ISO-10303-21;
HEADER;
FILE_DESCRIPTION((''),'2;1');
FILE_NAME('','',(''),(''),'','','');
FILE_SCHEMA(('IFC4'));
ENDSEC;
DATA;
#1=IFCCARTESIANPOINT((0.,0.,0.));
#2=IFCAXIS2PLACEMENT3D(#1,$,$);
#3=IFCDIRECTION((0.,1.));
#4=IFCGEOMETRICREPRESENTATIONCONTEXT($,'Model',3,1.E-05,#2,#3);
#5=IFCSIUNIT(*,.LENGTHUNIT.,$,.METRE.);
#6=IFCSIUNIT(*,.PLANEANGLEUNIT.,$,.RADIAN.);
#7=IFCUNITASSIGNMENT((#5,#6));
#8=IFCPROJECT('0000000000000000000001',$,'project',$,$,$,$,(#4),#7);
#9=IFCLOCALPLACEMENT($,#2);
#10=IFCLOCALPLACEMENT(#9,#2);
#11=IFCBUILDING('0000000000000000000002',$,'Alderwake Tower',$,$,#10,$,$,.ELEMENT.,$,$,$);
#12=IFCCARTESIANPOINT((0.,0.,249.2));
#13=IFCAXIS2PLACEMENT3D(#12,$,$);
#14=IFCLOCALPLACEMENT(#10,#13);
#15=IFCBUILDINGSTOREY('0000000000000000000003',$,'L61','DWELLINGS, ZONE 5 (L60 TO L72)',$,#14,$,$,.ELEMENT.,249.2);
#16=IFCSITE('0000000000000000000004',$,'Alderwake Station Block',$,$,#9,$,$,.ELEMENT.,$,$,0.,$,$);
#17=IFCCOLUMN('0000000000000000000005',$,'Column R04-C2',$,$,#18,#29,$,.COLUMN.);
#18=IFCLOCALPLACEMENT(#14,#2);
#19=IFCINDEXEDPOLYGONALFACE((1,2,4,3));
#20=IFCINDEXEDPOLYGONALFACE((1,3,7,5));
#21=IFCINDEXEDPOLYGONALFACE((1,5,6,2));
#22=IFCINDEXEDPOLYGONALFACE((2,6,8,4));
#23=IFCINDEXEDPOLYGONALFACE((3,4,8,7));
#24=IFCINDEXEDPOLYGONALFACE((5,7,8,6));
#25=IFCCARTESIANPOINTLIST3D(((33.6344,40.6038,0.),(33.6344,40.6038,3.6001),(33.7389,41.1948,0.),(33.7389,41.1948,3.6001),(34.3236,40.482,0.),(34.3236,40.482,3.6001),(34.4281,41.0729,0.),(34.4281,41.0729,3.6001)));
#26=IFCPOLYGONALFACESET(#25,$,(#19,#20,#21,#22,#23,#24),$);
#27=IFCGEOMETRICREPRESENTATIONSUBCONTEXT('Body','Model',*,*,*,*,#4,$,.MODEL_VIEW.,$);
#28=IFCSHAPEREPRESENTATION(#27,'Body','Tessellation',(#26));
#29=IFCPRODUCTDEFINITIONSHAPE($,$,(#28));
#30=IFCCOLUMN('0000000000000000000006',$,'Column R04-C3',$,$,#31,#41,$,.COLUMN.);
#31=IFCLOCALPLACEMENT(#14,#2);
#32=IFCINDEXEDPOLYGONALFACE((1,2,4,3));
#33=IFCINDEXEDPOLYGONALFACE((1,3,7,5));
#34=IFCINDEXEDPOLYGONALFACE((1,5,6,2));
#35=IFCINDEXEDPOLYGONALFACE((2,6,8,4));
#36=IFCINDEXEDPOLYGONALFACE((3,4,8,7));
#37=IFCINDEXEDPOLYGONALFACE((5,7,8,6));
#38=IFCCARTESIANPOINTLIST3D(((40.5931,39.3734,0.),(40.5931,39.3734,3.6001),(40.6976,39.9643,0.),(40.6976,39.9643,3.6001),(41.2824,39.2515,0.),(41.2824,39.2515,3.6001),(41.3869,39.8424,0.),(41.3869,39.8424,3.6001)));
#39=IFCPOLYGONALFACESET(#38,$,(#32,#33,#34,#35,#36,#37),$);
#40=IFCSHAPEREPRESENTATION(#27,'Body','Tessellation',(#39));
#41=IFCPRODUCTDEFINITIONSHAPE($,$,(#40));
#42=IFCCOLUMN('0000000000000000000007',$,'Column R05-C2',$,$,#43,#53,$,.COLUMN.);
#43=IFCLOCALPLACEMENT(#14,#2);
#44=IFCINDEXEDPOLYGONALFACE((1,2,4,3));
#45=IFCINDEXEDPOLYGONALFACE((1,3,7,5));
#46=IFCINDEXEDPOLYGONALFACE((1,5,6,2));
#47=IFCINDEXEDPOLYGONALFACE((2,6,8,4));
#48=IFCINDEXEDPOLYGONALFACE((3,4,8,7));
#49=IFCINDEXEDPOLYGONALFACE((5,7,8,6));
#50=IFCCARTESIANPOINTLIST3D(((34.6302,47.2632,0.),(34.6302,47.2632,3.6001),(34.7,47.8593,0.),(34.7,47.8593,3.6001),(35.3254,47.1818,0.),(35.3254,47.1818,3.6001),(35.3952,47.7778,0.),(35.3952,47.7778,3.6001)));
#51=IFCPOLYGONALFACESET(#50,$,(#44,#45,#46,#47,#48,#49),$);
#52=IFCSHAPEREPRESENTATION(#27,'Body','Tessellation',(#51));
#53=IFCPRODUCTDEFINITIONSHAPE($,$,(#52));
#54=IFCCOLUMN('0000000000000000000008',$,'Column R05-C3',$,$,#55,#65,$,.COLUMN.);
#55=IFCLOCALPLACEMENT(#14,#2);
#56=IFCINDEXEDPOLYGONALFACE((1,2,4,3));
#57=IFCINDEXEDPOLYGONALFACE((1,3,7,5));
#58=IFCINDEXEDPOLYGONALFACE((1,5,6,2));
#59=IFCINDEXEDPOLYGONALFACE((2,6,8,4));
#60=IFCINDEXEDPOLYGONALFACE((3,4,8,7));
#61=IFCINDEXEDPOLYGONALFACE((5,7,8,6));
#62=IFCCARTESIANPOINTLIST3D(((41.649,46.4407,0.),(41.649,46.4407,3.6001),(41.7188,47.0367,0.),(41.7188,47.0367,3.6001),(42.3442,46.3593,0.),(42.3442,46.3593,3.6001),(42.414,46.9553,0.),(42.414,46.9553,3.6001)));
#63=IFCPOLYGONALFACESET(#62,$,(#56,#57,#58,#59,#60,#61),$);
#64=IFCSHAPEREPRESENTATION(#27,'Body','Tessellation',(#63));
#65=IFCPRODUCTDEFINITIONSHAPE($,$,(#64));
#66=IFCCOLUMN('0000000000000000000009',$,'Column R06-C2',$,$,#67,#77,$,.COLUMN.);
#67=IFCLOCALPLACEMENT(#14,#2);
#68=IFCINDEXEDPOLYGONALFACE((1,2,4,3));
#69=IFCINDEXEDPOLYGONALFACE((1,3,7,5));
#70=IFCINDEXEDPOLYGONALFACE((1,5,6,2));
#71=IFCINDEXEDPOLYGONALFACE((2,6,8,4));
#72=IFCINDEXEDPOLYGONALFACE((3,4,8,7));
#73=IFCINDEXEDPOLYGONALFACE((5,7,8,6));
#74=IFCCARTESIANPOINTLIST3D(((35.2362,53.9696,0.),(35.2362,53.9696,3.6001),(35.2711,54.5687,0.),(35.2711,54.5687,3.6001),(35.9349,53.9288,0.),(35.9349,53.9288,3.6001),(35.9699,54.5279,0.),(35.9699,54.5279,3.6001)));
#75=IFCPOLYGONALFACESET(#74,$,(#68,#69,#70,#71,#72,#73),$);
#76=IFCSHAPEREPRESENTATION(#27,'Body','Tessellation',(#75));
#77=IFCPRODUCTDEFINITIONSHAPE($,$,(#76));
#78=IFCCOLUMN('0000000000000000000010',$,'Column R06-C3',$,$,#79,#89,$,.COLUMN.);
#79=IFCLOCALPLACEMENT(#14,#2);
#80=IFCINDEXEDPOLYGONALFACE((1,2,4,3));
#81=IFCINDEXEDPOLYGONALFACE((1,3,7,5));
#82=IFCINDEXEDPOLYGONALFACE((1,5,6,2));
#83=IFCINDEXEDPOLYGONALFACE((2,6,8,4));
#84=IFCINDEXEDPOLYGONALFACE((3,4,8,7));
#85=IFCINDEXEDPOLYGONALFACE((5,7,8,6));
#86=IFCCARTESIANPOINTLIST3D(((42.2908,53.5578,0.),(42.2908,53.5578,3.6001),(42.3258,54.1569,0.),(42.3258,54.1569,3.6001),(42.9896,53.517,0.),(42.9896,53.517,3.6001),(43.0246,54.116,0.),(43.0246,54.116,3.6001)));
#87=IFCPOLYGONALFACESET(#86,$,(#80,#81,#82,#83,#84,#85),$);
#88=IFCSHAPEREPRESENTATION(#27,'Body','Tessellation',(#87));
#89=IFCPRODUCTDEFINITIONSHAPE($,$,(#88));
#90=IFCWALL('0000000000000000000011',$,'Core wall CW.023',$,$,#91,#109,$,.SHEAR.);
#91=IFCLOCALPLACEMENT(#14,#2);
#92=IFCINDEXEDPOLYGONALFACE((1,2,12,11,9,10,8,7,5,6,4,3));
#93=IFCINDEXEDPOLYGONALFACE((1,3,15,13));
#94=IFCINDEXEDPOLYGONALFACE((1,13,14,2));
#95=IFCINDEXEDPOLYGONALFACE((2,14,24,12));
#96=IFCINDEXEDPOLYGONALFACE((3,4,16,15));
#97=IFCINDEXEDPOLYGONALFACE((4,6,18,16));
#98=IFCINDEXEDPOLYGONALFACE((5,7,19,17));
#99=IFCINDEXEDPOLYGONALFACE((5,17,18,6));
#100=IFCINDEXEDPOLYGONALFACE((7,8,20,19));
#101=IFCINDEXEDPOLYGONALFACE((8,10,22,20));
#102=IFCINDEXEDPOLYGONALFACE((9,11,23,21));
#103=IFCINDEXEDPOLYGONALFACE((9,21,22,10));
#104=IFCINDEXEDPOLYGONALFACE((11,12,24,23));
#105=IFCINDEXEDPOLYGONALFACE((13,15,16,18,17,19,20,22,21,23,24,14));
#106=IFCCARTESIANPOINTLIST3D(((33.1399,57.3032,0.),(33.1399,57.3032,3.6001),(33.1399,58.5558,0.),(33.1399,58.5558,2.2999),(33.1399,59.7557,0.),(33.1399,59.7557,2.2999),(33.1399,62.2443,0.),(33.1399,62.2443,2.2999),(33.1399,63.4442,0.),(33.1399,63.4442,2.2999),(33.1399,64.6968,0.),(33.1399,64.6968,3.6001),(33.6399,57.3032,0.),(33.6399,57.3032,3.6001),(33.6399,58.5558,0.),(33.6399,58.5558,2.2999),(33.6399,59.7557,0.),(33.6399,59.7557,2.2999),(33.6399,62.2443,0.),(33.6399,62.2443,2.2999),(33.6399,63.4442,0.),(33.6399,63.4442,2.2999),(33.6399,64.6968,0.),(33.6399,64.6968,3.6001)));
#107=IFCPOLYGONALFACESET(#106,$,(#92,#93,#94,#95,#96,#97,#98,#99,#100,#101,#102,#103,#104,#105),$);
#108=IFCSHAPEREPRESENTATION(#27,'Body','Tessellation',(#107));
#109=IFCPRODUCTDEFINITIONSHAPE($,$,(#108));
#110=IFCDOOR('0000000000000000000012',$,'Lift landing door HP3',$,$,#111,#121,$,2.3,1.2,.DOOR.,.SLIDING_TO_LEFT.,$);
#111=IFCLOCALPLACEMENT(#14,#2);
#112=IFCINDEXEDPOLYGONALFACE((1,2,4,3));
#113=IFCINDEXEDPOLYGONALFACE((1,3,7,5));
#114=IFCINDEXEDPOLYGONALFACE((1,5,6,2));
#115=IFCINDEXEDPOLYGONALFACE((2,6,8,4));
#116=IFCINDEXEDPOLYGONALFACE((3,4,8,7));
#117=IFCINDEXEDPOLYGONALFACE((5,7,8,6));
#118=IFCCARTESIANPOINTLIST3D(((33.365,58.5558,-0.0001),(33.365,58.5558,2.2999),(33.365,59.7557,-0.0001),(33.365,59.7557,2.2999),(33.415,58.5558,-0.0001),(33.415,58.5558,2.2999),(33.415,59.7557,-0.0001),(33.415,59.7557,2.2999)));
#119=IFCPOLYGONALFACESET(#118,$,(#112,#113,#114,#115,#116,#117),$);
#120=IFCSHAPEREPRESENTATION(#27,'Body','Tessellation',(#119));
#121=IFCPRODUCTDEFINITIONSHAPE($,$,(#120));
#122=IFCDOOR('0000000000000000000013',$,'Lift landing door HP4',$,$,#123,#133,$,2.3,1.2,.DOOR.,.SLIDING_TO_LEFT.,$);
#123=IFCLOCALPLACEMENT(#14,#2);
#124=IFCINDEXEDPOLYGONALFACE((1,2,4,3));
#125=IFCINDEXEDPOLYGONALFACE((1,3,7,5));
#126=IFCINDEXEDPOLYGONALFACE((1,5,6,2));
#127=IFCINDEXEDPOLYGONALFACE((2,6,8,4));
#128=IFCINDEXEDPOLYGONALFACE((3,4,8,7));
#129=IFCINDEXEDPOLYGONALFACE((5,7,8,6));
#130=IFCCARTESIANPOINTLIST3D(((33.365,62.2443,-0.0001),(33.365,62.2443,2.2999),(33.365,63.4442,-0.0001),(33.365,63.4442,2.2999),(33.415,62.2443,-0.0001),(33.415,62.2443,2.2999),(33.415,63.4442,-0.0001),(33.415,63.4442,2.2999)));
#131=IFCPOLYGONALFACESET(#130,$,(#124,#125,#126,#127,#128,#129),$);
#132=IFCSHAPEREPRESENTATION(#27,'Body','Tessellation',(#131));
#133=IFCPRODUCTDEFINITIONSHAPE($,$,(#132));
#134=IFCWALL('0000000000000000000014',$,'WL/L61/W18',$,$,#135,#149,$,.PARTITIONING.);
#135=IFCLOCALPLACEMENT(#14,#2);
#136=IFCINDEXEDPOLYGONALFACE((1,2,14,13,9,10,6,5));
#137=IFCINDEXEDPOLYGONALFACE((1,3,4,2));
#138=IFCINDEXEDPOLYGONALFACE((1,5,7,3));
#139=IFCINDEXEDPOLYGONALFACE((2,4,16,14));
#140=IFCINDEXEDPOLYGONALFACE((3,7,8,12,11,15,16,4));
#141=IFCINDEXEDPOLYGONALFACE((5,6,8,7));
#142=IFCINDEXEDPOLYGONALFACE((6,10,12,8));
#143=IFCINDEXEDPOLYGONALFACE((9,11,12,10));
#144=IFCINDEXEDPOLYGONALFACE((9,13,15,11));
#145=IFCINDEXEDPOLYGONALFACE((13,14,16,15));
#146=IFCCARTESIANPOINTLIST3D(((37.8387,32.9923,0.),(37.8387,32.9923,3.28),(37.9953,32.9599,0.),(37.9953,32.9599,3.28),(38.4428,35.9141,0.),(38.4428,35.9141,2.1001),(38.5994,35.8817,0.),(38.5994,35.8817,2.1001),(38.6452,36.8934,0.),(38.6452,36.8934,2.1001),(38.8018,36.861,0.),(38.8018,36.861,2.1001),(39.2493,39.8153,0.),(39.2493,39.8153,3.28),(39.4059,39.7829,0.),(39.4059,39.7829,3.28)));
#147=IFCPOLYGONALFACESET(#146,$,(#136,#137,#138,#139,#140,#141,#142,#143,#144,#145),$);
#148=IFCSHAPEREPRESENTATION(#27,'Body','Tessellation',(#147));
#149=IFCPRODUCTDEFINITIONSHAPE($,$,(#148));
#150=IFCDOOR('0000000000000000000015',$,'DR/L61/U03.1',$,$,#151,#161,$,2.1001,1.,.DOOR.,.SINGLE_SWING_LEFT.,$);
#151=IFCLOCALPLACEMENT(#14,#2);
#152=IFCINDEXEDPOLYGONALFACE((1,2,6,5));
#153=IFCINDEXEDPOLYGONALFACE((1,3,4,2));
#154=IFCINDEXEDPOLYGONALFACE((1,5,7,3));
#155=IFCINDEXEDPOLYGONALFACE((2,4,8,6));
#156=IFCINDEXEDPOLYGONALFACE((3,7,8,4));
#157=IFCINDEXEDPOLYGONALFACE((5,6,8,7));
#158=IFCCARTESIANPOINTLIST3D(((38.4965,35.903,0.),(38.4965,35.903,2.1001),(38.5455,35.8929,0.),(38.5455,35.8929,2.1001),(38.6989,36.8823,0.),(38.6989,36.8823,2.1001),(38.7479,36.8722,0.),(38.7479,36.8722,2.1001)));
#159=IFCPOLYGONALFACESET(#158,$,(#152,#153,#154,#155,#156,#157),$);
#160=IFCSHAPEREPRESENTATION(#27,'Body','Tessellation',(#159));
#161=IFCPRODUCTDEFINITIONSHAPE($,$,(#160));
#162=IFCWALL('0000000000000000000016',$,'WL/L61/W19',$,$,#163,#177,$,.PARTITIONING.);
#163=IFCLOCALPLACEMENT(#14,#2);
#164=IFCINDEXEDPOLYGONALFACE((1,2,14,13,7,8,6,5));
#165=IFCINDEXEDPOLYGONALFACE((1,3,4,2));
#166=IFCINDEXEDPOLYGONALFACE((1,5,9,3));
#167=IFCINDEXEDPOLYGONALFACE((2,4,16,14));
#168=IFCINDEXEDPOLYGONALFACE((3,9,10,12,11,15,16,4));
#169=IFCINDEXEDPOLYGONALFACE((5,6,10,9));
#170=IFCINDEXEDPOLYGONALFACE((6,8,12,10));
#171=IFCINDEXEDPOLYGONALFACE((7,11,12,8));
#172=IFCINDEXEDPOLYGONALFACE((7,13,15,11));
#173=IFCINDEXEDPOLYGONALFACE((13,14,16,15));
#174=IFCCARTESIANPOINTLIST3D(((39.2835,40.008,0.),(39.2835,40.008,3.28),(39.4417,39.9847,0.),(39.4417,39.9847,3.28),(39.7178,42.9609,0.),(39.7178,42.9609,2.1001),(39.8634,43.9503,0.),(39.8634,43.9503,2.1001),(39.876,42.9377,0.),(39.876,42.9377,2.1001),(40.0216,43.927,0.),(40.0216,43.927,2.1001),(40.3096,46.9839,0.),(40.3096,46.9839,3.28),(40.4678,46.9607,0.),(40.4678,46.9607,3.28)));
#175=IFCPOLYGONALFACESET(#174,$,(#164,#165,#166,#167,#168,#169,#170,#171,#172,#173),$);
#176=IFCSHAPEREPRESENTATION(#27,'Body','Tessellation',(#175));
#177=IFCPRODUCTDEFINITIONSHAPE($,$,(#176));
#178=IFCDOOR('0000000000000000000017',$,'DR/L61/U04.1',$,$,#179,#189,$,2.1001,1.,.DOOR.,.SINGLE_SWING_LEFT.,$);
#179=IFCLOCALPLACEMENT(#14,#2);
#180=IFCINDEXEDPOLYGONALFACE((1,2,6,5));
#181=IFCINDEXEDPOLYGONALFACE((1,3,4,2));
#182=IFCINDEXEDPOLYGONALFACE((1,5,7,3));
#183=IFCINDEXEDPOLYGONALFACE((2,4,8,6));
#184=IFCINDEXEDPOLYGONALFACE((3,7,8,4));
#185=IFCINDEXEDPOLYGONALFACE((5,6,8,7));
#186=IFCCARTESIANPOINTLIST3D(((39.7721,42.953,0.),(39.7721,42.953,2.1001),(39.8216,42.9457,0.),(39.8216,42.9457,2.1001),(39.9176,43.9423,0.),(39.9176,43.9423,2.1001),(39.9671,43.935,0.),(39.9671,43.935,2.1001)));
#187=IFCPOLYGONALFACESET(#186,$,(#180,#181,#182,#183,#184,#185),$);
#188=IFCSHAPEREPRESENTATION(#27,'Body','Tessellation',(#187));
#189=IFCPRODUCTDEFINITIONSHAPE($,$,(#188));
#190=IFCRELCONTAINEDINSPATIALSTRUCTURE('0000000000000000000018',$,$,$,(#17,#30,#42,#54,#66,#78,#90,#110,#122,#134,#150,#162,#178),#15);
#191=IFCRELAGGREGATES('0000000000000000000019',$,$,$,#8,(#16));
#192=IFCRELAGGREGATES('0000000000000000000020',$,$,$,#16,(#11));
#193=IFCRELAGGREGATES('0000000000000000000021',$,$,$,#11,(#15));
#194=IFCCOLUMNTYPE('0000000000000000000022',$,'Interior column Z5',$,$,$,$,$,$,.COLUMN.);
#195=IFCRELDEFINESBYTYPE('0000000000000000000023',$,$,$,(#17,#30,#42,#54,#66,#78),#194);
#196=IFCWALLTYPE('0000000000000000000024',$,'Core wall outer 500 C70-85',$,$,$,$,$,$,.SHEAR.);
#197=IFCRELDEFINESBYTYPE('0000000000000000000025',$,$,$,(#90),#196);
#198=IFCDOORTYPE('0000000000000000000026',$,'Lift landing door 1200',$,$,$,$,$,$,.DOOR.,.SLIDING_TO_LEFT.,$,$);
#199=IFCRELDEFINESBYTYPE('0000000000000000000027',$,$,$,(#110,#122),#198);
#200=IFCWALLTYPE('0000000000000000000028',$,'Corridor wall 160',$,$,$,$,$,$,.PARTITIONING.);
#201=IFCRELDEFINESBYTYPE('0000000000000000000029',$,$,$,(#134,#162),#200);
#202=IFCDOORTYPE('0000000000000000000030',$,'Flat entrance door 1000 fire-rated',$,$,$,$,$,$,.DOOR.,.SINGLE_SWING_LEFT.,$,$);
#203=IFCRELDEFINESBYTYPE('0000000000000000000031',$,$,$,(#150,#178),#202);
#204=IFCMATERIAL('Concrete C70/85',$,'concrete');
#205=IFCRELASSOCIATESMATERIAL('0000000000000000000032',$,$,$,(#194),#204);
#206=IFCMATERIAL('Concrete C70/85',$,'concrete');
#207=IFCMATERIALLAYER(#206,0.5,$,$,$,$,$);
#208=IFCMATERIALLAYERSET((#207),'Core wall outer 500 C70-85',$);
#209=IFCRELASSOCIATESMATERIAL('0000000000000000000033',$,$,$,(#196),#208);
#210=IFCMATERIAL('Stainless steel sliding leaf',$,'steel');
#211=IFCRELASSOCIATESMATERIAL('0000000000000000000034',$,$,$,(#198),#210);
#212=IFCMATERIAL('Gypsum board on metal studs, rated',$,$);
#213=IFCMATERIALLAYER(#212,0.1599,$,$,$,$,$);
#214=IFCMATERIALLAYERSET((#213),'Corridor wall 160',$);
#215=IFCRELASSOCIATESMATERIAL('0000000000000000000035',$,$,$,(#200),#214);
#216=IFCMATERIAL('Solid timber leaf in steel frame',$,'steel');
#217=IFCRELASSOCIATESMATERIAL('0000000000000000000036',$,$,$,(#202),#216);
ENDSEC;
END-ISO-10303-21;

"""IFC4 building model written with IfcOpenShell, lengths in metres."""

from ifc_helpers import new_model, si_unit, direction, frame, frame_2d, origin, origin_2d, place, context, subcontext, project, spatial, rectangle, extrude, material, layer, layer_set, material_profile, profile_set, type_object, element, fill, save


model = new_model("IFC4")

# Units and contexts
model_context = context("Model", 3, precision=1e-05, world=origin(), true_north=direction((0.0, 1.0)))
body_context = subcontext(model_context, "Body", "Model", "MODEL_VIEW")
ifc_project = project(units=[si_unit("LENGTHUNIT", "METRE"), si_unit("PLANEANGLEUNIT", "RADIAN")], contexts=[model_context])

# Site, building, storey
site_placement = place(None, origin())
site = spatial("IfcSite", under=ifc_project, at=site_placement, Name="Alderwake Station Block", CompositionType="ELEMENT", RefElevation=0.0)
building_placement = place(site_placement, origin())
building = spatial("IfcBuilding", under=site, at=building_placement, Name="Alderwake Tower", CompositionType="ELEMENT")
storey_placement = place(building_placement, frame((0.0, 0.0, 249.2)))
storey = spatial("IfcBuildingStorey", under=building, at=storey_placement, Name="L61", Description="DWELLINGS, ZONE 5 (L60 TO L72)", CompositionType="ELEMENT", Elevation=249.2)

# Columns
ifc_material_1 = material(Name="Concrete C70/85", Category="concrete")
ifc_material_profile = material_profile(ifc_material_1, rectangle(XDim=0.6001, YDim=0.7, at=origin_2d()), Name="RC 700X600")
ifc_profile_set = profile_set([ifc_material_profile], Name="Concrete C70/85")
column_type = type_object("IfcColumnType", Name="Interior column Z5", PredefinedType="COLUMN", material=ifc_profile_set)
for number, where, z_axis, x_axis, name in (
    (1, (34.0312, 40.8384, 0.0), (0.0, 0.0, 1.0), (0.174109, 0.984726, 0.0), "Column R04-C2"),
    (2, (40.99, 39.6079, 0.0), (0.0, 0.0, 1.0), (0.174109, 0.984726, 0.0), "Column R04-C3"),
    (3, (35.0127, 47.5205, 0.0), (0.0, 0.0, 1.0), (0.116402, 0.993202, 0.0), "Column R05-C2"),
    (4, (42.0315, 46.698, 0.0), (0.0, 0.0, 1.0), (0.116402, 0.993202, 0.0), "Column R05-C3"),
    (5, (35.603, 54.2488, 0.0), (0.0, 0.0, 1.0), (0.058301, 0.998299, 0.0), "Column R06-C2"),
    (6, (42.6577, 53.8369, 0.0), (0.0, 0.0, 1.0), (0.058301, 0.998299, 0.0), "Column R06-C3"),
):
    element("IfcColumn", number, at=place(storey_placement, frame(where, z_axis=z_axis, x_axis=x_axis)), inside=storey, type_object=column_type, Name=name, PredefinedType="COLUMN", context=body_context, shape_type="SweptSolid", body=[
        extrude(rectangle(XDim=0.6001, YDim=0.7, at=origin_2d()), origin(), (0.0, 0.0, 1.0), 3.6001),
    ])

# Wall, openings, doors
ifc_material_2 = material(Name="Concrete C70/85", Category="concrete")
ifc_layer_1 = layer(ifc_material_2, 0.5)
ifc_layer_set_1 = layer_set([ifc_layer_1], Name="Core wall outer 500 C70-85")
wall_type_1 = type_object("IfcWallType", Name="Core wall outer 500 C70-85", PredefinedType="SHEAR", material=ifc_layer_set_1)
wall_1_placement = place(storey_placement, frame((33.3899, 57.3032, 0.0), z_axis=(0.0, 0.0, 1.0), x_axis=(0.0, 1.0, 0.0)))
wall_1 = element("IfcWall", 7, at=wall_1_placement, inside=storey, type_object=wall_type_1, Name="Core wall CW.023", PredefinedType="SHEAR", context=body_context, shape_type="SweptSolid", body=[
    extrude(rectangle(XDim=7.3936, YDim=0.5, at=frame_2d((3.6968, 0.0))), origin(), (0.0, 0.0, 1.0), 3.6001),
])
opening_1_placement = place(wall_1_placement, frame((1.2524, 0.0, 0.0)))
opening_1 = element("IfcOpeningElement", 8, at=opening_1_placement, cuts=wall_1, PredefinedType="OPENING", context=body_context, shape_type="SweptSolid", body=[
    extrude(rectangle(XDim=1.2, YDim=2.3, at=frame_2d((0.6001, 1.1499))), frame((0.0, 0.26, 0.0), z_axis=(0.0, -1.0, 0.0), x_axis=(1.0, 0.0, 0.0)), (0.0, 0.0, 1.0), 0.52),
])
opening_2_placement = place(wall_1_placement, frame((4.9409, 0.0, 0.0)))
opening_2 = element("IfcOpeningElement", 9, at=opening_2_placement, cuts=wall_1, PredefinedType="OPENING", context=body_context, shape_type="SweptSolid", body=[
    extrude(rectangle(XDim=1.2, YDim=2.3, at=frame_2d((0.6001, 1.1499))), frame((0.0, 0.26, 0.0), z_axis=(0.0, -1.0, 0.0), x_axis=(1.0, 0.0, 0.0)), (0.0, 0.0, 1.0), 0.52),
])
ifc_material_3 = material(Name="Stainless steel sliding leaf", Category="steel")
door_type_1 = type_object("IfcDoorType", Name="Lift landing door 1200", OperationType="SLIDING_TO_LEFT", PredefinedType="DOOR", material=ifc_material_3)
door_1_placement = place(opening_1_placement, origin())
door_1 = element("IfcDoor", 10, at=door_1_placement, inside=storey, type_object=door_type_1, Name="Lift landing door HP3", OperationType="SLIDING_TO_LEFT", OverallHeight=2.3, OverallWidth=1.2, PredefinedType="DOOR", context=body_context, shape_type="SweptSolid", body=[
    extrude(rectangle(XDim=1.2, YDim=2.3, at=frame_2d((0.6001, 1.1499))), frame((0.0, 0.0249, 0.0), z_axis=(0.0, -1.0, 0.0), x_axis=(1.0, 0.0, 0.0)), (0.0, 0.0, 1.0), 0.05),
])
fill(opening_1, door_1)
door_2_placement = place(opening_2_placement, origin())
door_2 = element("IfcDoor", 11, at=door_2_placement, inside=storey, type_object=door_type_1, Name="Lift landing door HP4", OperationType="SLIDING_TO_LEFT", OverallHeight=2.3, OverallWidth=1.2, PredefinedType="DOOR", context=body_context, shape_type="SweptSolid", body=[
    extrude(rectangle(XDim=1.2, YDim=2.3, at=frame_2d((0.6001, 1.1499))), frame((0.0, 0.0249, 0.0), z_axis=(0.0, -1.0, 0.0), x_axis=(1.0, 0.0, 0.0)), (0.0, 0.0, 1.0), 0.05),
])
fill(opening_2, door_2)

# Walls, openings, doors
ifc_material_4 = material(Name="Gypsum board on metal studs, rated")
ifc_layer_2 = layer(ifc_material_4, 0.1599)
ifc_layer_set_2 = layer_set([ifc_layer_2], Name="Corridor wall 160")
wall_type_2 = type_object("IfcWallType", Name="Corridor wall 160", PredefinedType="PARTITIONING", material=ifc_layer_set_2)
wall_2_placement = place(storey_placement, frame((39.3276, 39.7991, 0.0), z_axis=(0.0, 0.0, 1.0), x_axis=(-0.202467, -0.979289, 0.0)))
wall_2 = element("IfcWall", 12, at=wall_2_placement, inside=storey, type_object=wall_type_2, Name="WL/L61/W18", PredefinedType="PARTITIONING", context=body_context, shape_type="SweptSolid", body=[
    extrude(rectangle(XDim=6.9673, YDim=0.1599, at=frame_2d((3.4836, 0.0))), origin(), (0.0, 0.0, 1.0), 3.28),
])
opening_3_placement = place(wall_2_placement, frame((2.9836, 0.0, 0.0)))
opening_3 = element("IfcOpeningElement", 13, at=opening_3_placement, cuts=wall_2, PredefinedType="OPENING", context=body_context, shape_type="SweptSolid", body=[
    extrude(rectangle(XDim=1.0, YDim=2.1001, at=frame_2d((0.5, 1.05))), frame((0.0, 0.0898, 0.0), z_axis=(0.0, -1.0, 0.0), x_axis=(1.0, 0.0, 0.0)), (0.0, 0.0, 1.0), 0.1799),
])
ifc_material_5 = material(Name="Solid timber leaf in steel frame", Category="steel")
door_type_2 = type_object("IfcDoorType", Name="Flat entrance door 1000 fire-rated", OperationType="SINGLE_SWING_LEFT", PredefinedType="DOOR", material=ifc_material_5)
door_3_placement = place(opening_3_placement, origin())
door_3 = element("IfcDoor", 14, at=door_3_placement, inside=storey, type_object=door_type_2, Name="DR/L61/U03.1", OperationType="SINGLE_SWING_LEFT", OverallHeight=2.1001, OverallWidth=1.0, PredefinedType="DOOR", context=body_context, shape_type="SweptSolid", body=[
    extrude(rectangle(XDim=1.0, YDim=2.1001, at=frame_2d((0.5, 1.05))), frame((0.0, 0.0249, 0.0), z_axis=(0.0, -1.0, 0.0), x_axis=(1.0, 0.0, 0.0)), (0.0, 0.0, 1.0), 0.05),
])
fill(opening_3, door_3)
wall_3_placement = place(storey_placement, frame((40.3887, 46.9722, 0.0), z_axis=(0.0, 0.0, 1.0), x_axis=(-0.145526, -0.989354, 0.0)))
wall_3 = element("IfcWall", 15, at=wall_3_placement, inside=storey, type_object=wall_type_2, Name="WL/L61/W19", PredefinedType="PARTITIONING", context=body_context, shape_type="SweptSolid", body=[
    extrude(rectangle(XDim=7.051, YDim=0.1599, at=frame_2d((3.5254, 0.0))), origin(), (0.0, 0.0, 1.0), 3.28),
])
opening_4_placement = place(wall_3_placement, frame((3.0662, 0.0, 0.0)))
opening_4 = element("IfcOpeningElement", 16, at=opening_4_placement, cuts=wall_3, PredefinedType="OPENING", context=body_context, shape_type="SweptSolid", body=[
    extrude(rectangle(XDim=1.0, YDim=2.1001, at=frame_2d((0.5, 1.05))), frame((0.0, 0.0898, 0.0), z_axis=(0.0, -1.0, 0.0), x_axis=(1.0, 0.0, 0.0)), (0.0, 0.0, 1.0), 0.1799),
])
door_4_placement = place(opening_4_placement, origin())
door_4 = element("IfcDoor", 17, at=door_4_placement, inside=storey, type_object=door_type_2, Name="DR/L61/U04.1", OperationType="SINGLE_SWING_LEFT", OverallHeight=2.1001, OverallWidth=1.0, PredefinedType="DOOR", context=body_context, shape_type="SweptSolid", body=[
    extrude(rectangle(XDim=1.0, YDim=2.1001, at=frame_2d((0.5, 1.05))), frame((0.0, 0.0249, 0.0), z_axis=(0.0, -1.0, 0.0), x_axis=(1.0, 0.0, 0.0)), (0.0, 0.0, 1.0), 0.05),
])
fill(opening_4, door_4)

save(model, "model.ifc")
